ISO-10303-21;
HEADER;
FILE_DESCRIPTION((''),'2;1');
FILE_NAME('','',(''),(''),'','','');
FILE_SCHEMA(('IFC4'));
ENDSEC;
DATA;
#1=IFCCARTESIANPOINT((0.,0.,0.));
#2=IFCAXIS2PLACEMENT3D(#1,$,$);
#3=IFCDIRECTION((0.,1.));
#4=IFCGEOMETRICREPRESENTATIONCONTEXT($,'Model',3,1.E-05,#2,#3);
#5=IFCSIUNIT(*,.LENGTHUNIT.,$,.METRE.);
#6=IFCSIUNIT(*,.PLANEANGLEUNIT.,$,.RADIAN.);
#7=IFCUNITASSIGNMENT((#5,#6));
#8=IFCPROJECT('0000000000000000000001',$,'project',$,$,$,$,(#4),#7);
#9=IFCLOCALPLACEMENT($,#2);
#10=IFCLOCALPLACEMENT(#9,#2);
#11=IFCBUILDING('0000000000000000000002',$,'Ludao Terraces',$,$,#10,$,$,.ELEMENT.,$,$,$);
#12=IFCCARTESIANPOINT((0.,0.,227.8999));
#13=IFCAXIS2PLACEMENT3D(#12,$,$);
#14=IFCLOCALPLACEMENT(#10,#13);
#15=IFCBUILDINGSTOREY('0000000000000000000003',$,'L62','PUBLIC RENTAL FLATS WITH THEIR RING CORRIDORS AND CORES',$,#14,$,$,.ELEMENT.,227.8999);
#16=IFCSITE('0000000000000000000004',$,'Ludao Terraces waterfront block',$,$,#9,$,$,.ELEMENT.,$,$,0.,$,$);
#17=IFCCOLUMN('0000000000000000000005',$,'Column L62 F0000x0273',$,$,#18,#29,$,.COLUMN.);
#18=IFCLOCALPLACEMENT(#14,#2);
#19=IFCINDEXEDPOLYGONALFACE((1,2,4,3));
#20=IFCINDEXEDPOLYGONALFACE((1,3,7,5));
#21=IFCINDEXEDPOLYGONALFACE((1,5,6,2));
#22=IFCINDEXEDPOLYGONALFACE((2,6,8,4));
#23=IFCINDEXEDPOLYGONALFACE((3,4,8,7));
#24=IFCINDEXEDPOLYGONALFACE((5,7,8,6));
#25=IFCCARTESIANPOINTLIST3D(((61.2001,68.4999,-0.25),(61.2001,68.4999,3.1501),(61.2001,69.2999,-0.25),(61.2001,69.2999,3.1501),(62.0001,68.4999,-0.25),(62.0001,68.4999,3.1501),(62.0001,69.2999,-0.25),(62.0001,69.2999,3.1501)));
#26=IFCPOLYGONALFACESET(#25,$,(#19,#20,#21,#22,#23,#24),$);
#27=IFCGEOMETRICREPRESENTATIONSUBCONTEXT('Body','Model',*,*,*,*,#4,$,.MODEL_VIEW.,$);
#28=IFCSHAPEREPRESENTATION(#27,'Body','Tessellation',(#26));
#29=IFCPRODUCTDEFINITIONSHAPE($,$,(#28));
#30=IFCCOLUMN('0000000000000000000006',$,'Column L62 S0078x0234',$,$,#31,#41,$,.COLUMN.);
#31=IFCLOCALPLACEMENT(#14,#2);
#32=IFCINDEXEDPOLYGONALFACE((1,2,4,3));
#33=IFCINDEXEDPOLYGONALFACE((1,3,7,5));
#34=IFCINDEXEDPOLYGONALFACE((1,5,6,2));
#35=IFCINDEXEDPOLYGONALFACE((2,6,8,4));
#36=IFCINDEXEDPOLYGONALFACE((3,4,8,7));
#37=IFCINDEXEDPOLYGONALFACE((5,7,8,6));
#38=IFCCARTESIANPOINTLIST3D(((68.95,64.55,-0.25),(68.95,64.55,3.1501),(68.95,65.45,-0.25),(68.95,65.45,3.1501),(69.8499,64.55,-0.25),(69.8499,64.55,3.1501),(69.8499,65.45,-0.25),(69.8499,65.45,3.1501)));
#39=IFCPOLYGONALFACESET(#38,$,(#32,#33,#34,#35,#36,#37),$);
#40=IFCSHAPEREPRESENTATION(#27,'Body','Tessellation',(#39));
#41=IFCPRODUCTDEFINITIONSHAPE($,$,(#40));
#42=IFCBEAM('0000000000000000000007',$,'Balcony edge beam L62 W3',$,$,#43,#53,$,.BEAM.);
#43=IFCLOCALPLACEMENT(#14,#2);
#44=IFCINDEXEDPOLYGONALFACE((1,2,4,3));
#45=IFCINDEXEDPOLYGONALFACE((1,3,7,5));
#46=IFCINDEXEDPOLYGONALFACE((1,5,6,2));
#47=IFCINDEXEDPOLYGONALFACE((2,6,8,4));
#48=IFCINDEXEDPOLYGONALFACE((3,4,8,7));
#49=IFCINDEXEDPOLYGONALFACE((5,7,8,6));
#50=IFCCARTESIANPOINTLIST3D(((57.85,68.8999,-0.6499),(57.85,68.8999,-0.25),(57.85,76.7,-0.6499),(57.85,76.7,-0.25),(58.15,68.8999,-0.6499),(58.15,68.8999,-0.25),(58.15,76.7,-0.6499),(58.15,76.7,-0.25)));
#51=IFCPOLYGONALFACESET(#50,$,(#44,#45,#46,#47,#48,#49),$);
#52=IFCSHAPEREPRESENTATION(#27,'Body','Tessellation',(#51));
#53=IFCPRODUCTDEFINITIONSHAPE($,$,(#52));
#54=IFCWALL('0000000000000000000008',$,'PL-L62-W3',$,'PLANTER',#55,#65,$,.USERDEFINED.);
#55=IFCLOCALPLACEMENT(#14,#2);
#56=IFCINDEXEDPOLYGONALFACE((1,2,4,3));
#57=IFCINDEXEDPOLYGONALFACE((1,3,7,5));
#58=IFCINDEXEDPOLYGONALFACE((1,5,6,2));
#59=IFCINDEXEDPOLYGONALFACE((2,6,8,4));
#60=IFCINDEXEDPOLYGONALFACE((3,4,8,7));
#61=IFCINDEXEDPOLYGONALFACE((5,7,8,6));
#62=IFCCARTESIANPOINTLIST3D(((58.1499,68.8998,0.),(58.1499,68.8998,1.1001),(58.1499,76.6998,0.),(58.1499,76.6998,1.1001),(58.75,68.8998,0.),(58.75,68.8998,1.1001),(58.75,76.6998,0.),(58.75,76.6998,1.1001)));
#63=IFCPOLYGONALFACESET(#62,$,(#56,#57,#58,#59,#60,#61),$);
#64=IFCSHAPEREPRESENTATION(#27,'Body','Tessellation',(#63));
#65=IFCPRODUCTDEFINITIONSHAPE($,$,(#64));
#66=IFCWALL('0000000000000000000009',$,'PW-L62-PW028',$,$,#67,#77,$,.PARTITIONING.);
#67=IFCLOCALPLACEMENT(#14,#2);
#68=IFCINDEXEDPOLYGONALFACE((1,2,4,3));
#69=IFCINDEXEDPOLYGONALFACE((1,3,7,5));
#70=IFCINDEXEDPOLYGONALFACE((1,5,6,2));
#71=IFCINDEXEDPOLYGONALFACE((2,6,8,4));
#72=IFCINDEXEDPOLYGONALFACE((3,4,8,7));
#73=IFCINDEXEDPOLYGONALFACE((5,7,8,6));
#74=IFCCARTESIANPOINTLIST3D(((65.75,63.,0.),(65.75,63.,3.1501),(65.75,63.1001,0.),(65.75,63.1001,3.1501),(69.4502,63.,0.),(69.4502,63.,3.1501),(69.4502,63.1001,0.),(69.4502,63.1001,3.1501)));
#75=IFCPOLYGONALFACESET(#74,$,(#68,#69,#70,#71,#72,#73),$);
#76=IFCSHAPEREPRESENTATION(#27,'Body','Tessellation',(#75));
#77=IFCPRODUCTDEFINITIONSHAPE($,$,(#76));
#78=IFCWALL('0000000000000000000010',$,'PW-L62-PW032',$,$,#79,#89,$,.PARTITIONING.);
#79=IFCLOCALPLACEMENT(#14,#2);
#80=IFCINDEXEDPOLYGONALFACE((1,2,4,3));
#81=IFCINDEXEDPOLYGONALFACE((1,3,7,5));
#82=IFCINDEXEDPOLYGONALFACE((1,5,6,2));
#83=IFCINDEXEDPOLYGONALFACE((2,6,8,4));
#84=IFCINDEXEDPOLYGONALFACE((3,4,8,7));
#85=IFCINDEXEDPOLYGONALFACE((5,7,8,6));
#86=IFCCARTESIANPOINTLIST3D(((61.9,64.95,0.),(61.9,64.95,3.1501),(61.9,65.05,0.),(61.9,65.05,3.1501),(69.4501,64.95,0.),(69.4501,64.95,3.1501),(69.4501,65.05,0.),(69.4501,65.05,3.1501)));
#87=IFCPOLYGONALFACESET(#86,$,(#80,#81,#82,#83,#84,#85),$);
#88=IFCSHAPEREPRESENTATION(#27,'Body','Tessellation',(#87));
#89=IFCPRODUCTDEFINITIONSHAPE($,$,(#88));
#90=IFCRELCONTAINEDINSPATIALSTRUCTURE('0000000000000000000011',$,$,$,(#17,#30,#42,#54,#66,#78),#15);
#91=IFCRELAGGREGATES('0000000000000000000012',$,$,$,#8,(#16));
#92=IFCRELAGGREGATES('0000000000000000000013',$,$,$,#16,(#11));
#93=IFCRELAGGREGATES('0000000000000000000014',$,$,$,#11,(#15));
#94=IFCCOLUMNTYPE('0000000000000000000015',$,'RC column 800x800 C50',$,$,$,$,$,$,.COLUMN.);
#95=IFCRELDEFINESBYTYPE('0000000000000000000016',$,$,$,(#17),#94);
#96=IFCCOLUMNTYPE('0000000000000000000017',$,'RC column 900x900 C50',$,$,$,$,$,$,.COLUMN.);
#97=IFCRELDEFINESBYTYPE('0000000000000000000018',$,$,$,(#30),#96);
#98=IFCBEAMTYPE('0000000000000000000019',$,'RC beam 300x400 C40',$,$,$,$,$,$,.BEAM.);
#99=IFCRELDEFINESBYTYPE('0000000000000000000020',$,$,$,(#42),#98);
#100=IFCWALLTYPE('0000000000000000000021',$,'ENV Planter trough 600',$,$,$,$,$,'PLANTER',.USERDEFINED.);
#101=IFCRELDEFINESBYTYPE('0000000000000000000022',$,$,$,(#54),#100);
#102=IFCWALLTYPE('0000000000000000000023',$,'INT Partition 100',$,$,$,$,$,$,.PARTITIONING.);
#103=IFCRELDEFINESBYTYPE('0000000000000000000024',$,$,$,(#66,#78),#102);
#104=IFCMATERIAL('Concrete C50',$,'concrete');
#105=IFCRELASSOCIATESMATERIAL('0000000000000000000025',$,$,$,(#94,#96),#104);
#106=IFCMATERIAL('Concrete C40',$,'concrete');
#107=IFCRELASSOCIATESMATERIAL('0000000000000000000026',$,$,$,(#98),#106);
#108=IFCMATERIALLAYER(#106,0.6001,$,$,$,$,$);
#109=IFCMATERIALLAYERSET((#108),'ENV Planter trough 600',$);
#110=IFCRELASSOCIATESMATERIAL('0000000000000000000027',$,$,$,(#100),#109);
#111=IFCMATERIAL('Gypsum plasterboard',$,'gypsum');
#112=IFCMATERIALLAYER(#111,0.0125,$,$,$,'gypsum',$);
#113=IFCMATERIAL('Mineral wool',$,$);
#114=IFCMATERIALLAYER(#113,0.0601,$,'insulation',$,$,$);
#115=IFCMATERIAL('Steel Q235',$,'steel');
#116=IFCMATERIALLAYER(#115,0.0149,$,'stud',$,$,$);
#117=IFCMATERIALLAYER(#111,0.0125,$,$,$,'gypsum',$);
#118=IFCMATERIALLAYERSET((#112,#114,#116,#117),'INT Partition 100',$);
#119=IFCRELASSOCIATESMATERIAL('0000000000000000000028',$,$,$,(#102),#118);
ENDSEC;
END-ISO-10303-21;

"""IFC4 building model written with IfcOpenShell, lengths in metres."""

from ifc_helpers import new_model, si_unit, direction, frame, frame_2d, origin, origin_2d, place, context, subcontext, project, spatial, rectangle, extrude, material, layer, layer_set, material_profile, profile_set, type_object, element, save


model = new_model("IFC4")

# Units and contexts
model_context = context("Model", 3, precision=1e-05, world=origin(), true_north=direction((0.0, 1.0)))
body_context = subcontext(model_context, "Body", "Model", "MODEL_VIEW")
ifc_project = project(units=[si_unit("LENGTHUNIT", "METRE"), si_unit("PLANEANGLEUNIT", "RADIAN")], contexts=[model_context])

# Site, building, storey
site_placement = place(None, origin())
site = spatial("IfcSite", under=ifc_project, at=site_placement, Name="Ludao Terraces waterfront block", CompositionType="ELEMENT", RefElevation=0.0)
building_placement = place(site_placement, origin())
building = spatial("IfcBuilding", under=site, at=building_placement, Name="Ludao Terraces", CompositionType="ELEMENT")
storey_placement = place(building_placement, frame((0.0, 0.0, 227.8999)))
storey = spatial("IfcBuildingStorey", under=building, at=storey_placement, Name="L62", Description="PUBLIC RENTAL FLATS WITH THEIR RING CORRIDORS AND CORES", CompositionType="ELEMENT", Elevation=227.8999)

# Columns
ifc_material_1 = material(Name="Concrete C50", Category="concrete")
ifc_material_profile_1 = material_profile(ifc_material_1, rectangle(XDim=0.8, YDim=0.8, at=origin_2d()), Name="800 X 800")
ifc_profile_set_1 = profile_set([ifc_material_profile_1], Name="Concrete C50")
column_type_1 = type_object("IfcColumnType", Name="RC column 800x800 C50", PredefinedType="COLUMN", material=ifc_profile_set_1)
column_1_placement = place(storey_placement, frame((61.6001, 68.8999, -0.25), z_axis=(0.0, 0.0, 1.0), x_axis=(1.0, 0.0, 0.0)))
element("IfcColumn", 1, at=column_1_placement, inside=storey, type_object=column_type_1, Name="Column L62 F0000x0273", PredefinedType="COLUMN", context=body_context, shape_type="SweptSolid", body=[
    extrude(rectangle(XDim=0.8, YDim=0.8, at=origin_2d()), origin(), (0.0, 0.0, 1.0), 3.4001),
])
ifc_material_profile_2 = material_profile(ifc_material_1, rectangle(XDim=0.8999, YDim=0.8999, at=origin_2d()), Name="900 X 900")
ifc_profile_set_2 = profile_set([ifc_material_profile_2], Name="Concrete C50")
column_type_2 = type_object("IfcColumnType", Name="RC column 900x900 C50", PredefinedType="COLUMN", material=ifc_profile_set_2)
column_2_placement = place(storey_placement, frame((69.3999, 65.0, -0.25), z_axis=(0.0, 0.0, 1.0), x_axis=(1.0, 0.0, 0.0)))
element("IfcColumn", 2, at=column_2_placement, inside=storey, type_object=column_type_2, Name="Column L62 S0078x0234", PredefinedType="COLUMN", context=body_context, shape_type="SweptSolid", body=[
    extrude(rectangle(XDim=0.8999, YDim=0.8999, at=origin_2d()), origin(), (0.0, 0.0, 1.0), 3.4001),
])

# Beam
ifc_material_2 = material(Name="Concrete C40", Category="concrete")
ifc_material_profile_3 = material_profile(ifc_material_2, rectangle(XDim=0.3, YDim=0.3999, at=origin_2d()), Name="300 X 400")
ifc_profile_set_3 = profile_set([ifc_material_profile_3], Name="Concrete C40")
beam_type = type_object("IfcBeamType", Name="RC beam 300x400 C40", PredefinedType="BEAM", material=ifc_profile_set_3)
beam_placement = place(storey_placement, frame((58.0, 68.8999, -0.45), z_axis=(0.0, 1.0, 0.0), x_axis=(-1.0, 0.0, 0.0)))
element("IfcBeam", 3, at=beam_placement, inside=storey, type_object=beam_type, Name="Balcony edge beam L62 W3", PredefinedType="BEAM", context=body_context, shape_type="SweptSolid", body=[
    extrude(rectangle(XDim=0.3, YDim=0.3999, at=origin_2d()), origin(), (0.0, 0.0, 1.0), 7.8),
])

# Wall
ifc_layer_1 = layer(ifc_material_2, 0.6001)
ifc_layer_set_1 = layer_set([ifc_layer_1], Name="ENV Planter trough 600")
wall_type_1 = type_object("IfcWallType", Name="ENV Planter trough 600", ElementType="PLANTER", PredefinedType="USERDEFINED", material=ifc_layer_set_1)
wall_1_placement = place(storey_placement, frame((58.45, 68.8999, 0.0), z_axis=(0.0, 0.0, 1.0), x_axis=(0.0, 1.0, 0.0)))
element("IfcWall", 4, at=wall_1_placement, inside=storey, type_object=wall_type_1, Name="PL-L62-W3", ObjectType="PLANTER", PredefinedType="USERDEFINED", context=body_context, shape_type="SweptSolid", body=[
    extrude(rectangle(XDim=7.8, YDim=0.6001, at=frame_2d((3.8999, 0.0))), origin(), (0.0, 0.0, 1.0), 1.1001),
])

# Shared definitions
ifc_material_3 = material(Name="Mineral wool")

# Walls
ifc_material_4 = material(Name="Gypsum plasterboard", Category="gypsum")
ifc_layer_2 = layer(ifc_material_4, 0.0125, Category="gypsum")
ifc_layer_3 = layer(ifc_material_3, 0.0601, Name="insulation")
ifc_material_5 = material(Name="Steel Q235", Category="steel")
ifc_layer_4 = layer(ifc_material_5, 0.0149, Name="stud")
ifc_layer_5 = layer(ifc_material_4, 0.0125, Category="gypsum")
ifc_layer_set_2 = layer_set([ifc_layer_2, ifc_layer_3, ifc_layer_4, ifc_layer_5], Name="INT Partition 100")
wall_type_2 = type_object("IfcWallType", Name="INT Partition 100", PredefinedType="PARTITIONING", material=ifc_layer_set_2)
wall_2_placement = place(storey_placement, frame((65.75, 63.05, 0.0), z_axis=(0.0, 0.0, 1.0), x_axis=(1.0, 0.0, 0.0)))
element("IfcWall", 5, at=wall_2_placement, inside=storey, type_object=wall_type_2, Name="PW-L62-PW028", PredefinedType="PARTITIONING", context=body_context, shape_type="SweptSolid", body=[
    extrude(rectangle(XDim=3.7002, YDim=0.1001, at=frame_2d((1.8501, 0.0))), origin(), (0.0, 0.0, 1.0), 3.1501),
])
wall_3_placement = place(storey_placement, frame((61.9001, 65.0, 0.0), z_axis=(0.0, 0.0, 1.0), x_axis=(1.0, 0.0, 0.0)))
element("IfcWall", 6, at=wall_3_placement, inside=storey, type_object=wall_type_2, Name="PW-L62-PW032", PredefinedType="PARTITIONING", context=body_context, shape_type="SweptSolid", body=[
    extrude(rectangle(XDim=7.55, YDim=0.1001, at=frame_2d((3.7749, 0.0))), origin(), (0.0, 0.0, 1.0), 3.1501),
])

save(model, "model.ifc")
